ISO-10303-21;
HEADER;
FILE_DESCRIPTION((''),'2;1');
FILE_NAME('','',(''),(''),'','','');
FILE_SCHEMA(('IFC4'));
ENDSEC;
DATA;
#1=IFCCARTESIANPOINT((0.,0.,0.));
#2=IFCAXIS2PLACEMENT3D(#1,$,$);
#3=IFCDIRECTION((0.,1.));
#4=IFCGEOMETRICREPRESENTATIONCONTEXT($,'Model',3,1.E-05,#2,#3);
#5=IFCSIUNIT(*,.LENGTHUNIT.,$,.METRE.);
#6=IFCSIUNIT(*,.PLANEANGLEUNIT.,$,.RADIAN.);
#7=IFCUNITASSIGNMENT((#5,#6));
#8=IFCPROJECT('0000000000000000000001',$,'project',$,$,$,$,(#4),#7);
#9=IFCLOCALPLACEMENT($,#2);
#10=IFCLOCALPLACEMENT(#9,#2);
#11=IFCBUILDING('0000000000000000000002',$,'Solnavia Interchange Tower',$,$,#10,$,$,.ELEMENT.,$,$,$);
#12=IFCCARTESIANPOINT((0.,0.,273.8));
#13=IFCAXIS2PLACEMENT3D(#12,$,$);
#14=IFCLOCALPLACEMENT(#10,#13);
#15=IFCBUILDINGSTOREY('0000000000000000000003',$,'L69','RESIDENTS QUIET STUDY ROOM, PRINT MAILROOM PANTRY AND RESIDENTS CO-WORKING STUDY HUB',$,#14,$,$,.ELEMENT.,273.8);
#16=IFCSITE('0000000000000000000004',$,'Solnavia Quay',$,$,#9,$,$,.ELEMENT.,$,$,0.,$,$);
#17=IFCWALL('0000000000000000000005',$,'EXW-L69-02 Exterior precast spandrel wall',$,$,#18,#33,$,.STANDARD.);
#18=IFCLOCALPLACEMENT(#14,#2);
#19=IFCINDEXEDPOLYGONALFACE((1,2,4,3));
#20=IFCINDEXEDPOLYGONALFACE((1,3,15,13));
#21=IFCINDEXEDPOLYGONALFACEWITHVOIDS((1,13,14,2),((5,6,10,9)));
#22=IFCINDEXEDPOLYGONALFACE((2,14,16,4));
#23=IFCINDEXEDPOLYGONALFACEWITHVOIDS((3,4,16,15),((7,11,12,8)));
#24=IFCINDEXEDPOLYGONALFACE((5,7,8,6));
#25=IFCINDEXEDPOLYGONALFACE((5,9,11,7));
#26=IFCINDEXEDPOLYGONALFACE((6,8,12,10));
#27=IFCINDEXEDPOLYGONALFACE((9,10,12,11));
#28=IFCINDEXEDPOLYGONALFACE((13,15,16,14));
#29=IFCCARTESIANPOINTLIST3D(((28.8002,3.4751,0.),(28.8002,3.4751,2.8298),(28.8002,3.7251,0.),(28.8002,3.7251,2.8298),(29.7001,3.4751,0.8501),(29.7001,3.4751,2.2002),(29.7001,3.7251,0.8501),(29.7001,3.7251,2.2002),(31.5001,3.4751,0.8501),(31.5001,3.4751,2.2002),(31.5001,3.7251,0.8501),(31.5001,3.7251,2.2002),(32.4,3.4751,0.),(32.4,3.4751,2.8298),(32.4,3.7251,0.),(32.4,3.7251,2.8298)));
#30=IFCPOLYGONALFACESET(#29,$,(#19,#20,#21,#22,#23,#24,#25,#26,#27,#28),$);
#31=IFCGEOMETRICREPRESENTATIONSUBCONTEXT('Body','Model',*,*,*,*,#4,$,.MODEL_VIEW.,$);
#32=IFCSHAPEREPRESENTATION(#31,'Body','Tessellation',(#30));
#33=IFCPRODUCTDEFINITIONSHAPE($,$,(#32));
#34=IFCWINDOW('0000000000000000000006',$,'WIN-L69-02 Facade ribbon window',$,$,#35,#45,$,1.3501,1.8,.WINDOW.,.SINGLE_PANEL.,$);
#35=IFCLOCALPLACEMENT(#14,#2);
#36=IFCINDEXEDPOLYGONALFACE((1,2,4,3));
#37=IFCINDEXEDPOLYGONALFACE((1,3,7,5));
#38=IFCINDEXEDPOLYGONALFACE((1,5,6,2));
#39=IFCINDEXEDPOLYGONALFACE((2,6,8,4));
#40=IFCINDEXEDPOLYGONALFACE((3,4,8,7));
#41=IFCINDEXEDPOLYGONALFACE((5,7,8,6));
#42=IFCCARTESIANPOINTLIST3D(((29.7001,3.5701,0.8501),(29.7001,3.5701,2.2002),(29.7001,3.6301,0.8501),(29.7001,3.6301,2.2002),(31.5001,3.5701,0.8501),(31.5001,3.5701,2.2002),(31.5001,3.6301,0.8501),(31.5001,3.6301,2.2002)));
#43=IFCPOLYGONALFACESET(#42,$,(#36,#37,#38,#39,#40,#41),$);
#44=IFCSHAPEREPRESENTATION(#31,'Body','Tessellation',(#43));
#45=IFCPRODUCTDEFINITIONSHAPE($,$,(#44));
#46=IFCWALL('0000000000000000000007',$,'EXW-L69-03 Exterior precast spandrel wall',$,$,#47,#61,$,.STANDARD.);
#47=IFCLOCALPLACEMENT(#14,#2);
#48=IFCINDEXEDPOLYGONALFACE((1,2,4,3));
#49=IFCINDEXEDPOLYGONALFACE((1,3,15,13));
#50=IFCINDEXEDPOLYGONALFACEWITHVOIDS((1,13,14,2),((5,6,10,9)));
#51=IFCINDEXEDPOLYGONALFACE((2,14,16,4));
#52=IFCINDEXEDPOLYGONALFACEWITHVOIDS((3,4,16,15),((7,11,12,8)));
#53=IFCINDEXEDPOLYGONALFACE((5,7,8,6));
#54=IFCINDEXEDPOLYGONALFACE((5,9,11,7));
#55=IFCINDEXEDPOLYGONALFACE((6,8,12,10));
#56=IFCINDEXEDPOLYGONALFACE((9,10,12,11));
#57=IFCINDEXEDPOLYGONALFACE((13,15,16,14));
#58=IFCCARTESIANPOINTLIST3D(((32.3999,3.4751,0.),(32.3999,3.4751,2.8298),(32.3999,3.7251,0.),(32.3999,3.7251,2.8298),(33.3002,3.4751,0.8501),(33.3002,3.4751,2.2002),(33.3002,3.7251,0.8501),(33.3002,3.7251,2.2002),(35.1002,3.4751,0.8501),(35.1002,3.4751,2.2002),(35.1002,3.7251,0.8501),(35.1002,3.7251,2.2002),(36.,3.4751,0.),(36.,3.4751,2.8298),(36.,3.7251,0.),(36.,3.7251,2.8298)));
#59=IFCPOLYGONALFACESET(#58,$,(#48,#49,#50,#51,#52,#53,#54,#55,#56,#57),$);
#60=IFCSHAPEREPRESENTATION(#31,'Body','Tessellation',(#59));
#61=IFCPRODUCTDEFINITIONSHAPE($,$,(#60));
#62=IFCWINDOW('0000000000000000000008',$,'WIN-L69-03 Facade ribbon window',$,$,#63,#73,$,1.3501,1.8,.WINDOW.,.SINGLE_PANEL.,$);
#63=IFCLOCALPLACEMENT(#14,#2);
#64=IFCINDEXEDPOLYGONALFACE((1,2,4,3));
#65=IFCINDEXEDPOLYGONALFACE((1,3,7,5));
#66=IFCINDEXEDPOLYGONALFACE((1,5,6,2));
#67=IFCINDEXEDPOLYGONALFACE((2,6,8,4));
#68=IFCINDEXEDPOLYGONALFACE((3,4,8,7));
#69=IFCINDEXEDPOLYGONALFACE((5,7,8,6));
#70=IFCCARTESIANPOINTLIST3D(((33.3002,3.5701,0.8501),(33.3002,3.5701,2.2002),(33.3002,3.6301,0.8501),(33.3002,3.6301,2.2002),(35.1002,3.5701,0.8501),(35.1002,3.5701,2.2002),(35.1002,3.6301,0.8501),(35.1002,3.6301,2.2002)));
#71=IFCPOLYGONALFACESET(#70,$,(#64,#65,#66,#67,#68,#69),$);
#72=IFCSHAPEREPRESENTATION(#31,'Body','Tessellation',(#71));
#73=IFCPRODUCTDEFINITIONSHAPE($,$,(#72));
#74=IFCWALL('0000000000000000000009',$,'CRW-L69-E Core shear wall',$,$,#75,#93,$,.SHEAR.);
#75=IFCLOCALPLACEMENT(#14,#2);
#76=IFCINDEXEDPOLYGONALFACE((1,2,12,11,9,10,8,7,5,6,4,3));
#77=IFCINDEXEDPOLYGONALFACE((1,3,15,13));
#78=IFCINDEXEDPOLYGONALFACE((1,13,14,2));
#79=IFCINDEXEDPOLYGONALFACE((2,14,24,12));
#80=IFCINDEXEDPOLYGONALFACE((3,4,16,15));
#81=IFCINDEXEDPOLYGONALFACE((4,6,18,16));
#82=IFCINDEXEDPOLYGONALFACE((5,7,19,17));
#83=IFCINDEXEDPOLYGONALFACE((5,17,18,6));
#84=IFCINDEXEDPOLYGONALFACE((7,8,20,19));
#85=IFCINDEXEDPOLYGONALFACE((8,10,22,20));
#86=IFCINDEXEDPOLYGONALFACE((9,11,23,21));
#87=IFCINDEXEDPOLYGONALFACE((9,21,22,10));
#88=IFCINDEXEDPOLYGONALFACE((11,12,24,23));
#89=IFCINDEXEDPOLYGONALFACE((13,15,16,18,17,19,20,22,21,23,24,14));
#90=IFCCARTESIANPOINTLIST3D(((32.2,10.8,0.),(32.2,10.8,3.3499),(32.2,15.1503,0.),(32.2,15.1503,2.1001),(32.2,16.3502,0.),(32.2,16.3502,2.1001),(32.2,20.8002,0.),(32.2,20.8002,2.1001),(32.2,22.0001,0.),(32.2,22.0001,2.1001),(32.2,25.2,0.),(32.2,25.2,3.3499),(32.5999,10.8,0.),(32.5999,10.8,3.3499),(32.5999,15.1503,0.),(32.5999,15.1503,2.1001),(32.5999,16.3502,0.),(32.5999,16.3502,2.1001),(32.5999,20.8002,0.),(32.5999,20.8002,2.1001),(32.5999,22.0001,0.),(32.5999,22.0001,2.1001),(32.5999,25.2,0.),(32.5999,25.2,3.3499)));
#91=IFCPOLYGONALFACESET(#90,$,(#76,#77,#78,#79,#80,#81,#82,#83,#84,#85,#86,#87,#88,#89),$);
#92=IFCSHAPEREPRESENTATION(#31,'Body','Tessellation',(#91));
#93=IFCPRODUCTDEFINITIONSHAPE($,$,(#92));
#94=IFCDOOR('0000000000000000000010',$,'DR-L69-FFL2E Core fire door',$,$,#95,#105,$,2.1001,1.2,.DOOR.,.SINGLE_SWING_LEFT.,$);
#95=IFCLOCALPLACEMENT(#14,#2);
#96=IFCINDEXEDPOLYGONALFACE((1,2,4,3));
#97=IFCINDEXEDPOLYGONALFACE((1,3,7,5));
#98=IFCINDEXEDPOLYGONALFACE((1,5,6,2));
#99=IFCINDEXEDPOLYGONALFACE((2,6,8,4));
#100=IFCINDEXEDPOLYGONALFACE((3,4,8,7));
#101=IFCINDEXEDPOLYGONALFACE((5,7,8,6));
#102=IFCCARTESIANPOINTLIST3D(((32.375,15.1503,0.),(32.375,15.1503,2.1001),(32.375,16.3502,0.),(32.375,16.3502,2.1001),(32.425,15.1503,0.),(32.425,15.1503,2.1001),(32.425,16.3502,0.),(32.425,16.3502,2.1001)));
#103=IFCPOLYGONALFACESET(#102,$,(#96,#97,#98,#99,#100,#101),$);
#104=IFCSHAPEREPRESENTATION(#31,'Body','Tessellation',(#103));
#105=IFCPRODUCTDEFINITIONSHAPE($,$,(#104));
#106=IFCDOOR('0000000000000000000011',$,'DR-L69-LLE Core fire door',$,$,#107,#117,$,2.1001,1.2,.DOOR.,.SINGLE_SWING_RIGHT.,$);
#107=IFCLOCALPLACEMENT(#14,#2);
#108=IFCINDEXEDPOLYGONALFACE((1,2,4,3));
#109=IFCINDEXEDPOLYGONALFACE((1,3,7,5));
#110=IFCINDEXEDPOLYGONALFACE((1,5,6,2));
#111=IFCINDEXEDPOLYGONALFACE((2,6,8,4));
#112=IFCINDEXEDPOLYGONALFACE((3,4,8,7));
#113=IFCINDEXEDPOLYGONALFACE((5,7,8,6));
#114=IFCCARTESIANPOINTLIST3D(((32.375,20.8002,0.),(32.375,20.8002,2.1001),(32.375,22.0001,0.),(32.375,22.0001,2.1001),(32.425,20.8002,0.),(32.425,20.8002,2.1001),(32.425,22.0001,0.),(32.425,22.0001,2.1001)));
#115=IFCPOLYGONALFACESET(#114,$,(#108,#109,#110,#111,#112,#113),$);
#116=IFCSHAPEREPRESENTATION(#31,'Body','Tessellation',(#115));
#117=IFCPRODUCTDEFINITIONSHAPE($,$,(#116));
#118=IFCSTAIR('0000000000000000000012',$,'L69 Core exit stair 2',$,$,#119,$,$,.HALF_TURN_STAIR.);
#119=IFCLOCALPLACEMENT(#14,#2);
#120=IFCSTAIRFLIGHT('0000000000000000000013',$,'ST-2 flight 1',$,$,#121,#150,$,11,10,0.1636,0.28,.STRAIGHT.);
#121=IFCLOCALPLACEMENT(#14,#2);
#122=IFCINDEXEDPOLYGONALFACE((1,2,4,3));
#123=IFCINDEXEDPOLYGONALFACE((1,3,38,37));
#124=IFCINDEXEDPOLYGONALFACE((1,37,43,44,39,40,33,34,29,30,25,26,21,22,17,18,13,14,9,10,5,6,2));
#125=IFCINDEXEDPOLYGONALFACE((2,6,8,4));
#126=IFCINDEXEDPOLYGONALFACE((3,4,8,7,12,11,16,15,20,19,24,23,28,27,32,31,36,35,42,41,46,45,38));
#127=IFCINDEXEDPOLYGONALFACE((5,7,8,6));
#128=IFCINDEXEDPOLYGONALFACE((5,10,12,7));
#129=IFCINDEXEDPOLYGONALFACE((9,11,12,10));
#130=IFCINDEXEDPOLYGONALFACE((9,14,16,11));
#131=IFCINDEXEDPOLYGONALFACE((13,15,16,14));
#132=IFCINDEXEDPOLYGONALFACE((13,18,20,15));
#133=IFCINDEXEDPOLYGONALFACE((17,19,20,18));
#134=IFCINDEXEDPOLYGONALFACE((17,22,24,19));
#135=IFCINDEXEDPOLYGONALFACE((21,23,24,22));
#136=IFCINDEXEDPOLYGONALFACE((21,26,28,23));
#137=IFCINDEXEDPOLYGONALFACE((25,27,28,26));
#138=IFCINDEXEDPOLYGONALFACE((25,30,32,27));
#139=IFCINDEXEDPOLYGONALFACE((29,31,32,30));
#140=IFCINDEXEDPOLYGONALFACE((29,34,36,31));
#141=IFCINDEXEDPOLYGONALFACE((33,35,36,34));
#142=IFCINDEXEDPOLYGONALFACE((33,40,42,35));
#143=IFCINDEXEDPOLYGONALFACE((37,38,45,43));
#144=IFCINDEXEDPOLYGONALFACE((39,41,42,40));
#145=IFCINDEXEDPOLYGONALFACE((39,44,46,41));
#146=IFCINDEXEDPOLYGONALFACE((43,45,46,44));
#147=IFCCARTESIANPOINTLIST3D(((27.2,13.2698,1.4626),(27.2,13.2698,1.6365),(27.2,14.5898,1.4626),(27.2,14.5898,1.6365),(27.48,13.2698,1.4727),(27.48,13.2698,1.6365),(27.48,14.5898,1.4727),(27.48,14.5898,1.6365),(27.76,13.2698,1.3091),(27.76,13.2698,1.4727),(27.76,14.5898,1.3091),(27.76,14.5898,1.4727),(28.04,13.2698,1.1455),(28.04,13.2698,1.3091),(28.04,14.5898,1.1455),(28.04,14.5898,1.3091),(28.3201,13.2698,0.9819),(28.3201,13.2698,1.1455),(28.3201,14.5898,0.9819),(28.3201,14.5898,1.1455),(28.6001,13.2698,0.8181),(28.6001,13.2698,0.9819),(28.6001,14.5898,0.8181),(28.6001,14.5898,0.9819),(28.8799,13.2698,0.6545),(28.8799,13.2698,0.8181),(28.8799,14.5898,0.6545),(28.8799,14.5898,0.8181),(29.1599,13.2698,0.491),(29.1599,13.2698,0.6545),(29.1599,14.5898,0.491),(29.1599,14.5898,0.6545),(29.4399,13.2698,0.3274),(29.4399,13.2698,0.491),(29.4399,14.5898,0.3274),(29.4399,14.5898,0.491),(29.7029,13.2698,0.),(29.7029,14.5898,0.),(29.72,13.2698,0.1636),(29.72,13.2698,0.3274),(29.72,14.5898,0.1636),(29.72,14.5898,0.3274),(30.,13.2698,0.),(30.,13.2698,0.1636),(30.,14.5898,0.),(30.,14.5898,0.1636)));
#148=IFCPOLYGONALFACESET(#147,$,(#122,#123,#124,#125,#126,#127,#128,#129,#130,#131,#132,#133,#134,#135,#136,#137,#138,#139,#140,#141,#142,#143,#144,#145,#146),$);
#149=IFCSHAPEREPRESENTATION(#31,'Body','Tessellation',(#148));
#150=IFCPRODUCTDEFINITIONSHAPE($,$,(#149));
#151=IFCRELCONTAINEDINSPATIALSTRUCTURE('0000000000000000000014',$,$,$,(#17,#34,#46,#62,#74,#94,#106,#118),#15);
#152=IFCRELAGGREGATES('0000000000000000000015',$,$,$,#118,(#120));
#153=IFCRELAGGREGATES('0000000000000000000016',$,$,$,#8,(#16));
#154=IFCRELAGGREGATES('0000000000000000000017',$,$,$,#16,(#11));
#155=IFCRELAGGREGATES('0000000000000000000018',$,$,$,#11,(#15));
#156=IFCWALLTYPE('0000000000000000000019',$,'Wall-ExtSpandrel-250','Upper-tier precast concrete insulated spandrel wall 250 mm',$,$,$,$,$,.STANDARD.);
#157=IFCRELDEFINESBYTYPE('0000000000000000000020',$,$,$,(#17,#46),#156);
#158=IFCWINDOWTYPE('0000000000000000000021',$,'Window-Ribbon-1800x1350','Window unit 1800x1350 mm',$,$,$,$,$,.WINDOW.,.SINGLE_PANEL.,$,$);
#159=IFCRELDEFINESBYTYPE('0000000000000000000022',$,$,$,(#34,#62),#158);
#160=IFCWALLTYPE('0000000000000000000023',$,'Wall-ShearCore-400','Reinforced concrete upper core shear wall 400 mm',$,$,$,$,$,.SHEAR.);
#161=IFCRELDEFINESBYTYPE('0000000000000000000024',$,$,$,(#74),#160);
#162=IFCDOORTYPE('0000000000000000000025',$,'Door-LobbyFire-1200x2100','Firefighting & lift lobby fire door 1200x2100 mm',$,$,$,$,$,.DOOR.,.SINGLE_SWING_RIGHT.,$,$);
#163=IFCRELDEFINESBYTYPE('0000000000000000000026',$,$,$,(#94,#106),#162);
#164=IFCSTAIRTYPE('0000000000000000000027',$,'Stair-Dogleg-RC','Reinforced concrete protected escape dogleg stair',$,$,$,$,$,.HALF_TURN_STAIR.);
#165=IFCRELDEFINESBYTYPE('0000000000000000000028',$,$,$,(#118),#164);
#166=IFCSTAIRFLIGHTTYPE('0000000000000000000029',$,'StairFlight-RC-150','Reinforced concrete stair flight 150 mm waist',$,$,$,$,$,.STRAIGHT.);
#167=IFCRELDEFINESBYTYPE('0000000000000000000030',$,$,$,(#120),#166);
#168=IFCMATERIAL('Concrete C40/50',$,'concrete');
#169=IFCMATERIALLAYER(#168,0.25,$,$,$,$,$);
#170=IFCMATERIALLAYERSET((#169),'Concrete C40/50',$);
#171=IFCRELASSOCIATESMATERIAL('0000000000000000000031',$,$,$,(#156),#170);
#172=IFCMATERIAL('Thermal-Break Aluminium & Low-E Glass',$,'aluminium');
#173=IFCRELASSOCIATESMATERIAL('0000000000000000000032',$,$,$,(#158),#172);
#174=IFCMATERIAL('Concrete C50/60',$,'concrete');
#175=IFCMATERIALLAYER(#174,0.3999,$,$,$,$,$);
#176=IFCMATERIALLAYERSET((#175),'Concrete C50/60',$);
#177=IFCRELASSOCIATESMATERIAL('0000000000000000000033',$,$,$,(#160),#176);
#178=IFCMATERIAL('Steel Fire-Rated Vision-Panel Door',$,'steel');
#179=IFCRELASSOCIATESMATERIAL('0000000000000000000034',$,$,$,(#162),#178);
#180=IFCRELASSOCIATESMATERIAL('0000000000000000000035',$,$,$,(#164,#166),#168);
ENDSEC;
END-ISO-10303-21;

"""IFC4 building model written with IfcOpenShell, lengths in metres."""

from ifc_helpers import new_model, si_unit, direction, frame, frame_2d, origin, place, context, subcontext, project, spatial, polyline, rectangle, outline, extrude, material, layer, layer_set, type_object, element, fill, aggregate, save


model = new_model("IFC4")

# Units and contexts
model_context = context("Model", 3, precision=1e-05, world=origin(), true_north=direction((0.0, 1.0)))
body_context = subcontext(model_context, "Body", "Model", "MODEL_VIEW")
ifc_project = project(units=[si_unit("LENGTHUNIT", "METRE"), si_unit("PLANEANGLEUNIT", "RADIAN")], contexts=[model_context])

# Site, building, storey
site_placement = place(None, origin())
site = spatial("IfcSite", under=ifc_project, at=site_placement, Name="Solnavia Quay", CompositionType="ELEMENT", RefElevation=0.0)
building_placement = place(site_placement, origin())
building = spatial("IfcBuilding", under=site, at=building_placement, Name="Solnavia Interchange Tower", CompositionType="ELEMENT")
storey_placement = place(building_placement, frame((0.0, 0.0, 273.8)))
storey = spatial("IfcBuildingStorey", under=building, at=storey_placement, Name="L69", Description="RESIDENTS QUIET STUDY ROOM, PRINT MAILROOM PANTRY AND RESIDENTS CO-WORKING STUDY HUB", CompositionType="ELEMENT", Elevation=273.8)

# Shared definitions
ifc_material_1 = material(Name="Concrete C50/60", Category="concrete")

# Walls, openings, windows
ifc_material_2 = material(Name="Concrete C40/50", Category="concrete")
ifc_layer_1 = layer(ifc_material_2, 0.25)
ifc_layer_set_1 = layer_set([ifc_layer_1], Name="Concrete C40/50")
wall_type_1 = type_object("IfcWallType", Name="Wall-ExtSpandrel-250", Description="Upper-tier precast concrete insulated spandrel wall 250 mm", PredefinedType="STANDARD", material=ifc_layer_set_1)
wall_1_placement = place(storey_placement, frame((32.3999, 3.6001, 0.0), z_axis=(0.0, 0.0, 1.0), x_axis=(-1.0, 0.0, 0.0)))
wall_1 = element("IfcWall", 1, at=wall_1_placement, inside=storey, type_object=wall_type_1, Name="EXW-L69-02 Exterior precast spandrel wall", PredefinedType="STANDARD", context=body_context, shape_type="SweptSolid", body=[
    extrude(rectangle(XDim=3.5999, YDim=0.25, at=frame_2d((1.7998, 0.0))), origin(), (0.0, 0.0, 1.0), 2.8298),
])
opening_1_placement = place(wall_1_placement, frame((0.8999, 0.0, 0.8501)))
opening_1 = element("IfcOpeningElement", 2, at=opening_1_placement, cuts=wall_1, PredefinedType="OPENING", context=body_context, shape_type="SweptSolid", body=[
    extrude(rectangle(XDim=1.8, YDim=1.3501, at=frame_2d((0.8999, 0.675))), frame((0.0, 0.135, 0.0), z_axis=(0.0, -1.0, 0.0), x_axis=(1.0, 0.0, 0.0)), (0.0, 0.0, 1.0), 0.27),
])
ifc_material_3 = material(Name="Thermal-Break Aluminium & Low-E Glass", Category="aluminium")
window_type = type_object("IfcWindowType", Name="Window-Ribbon-1800x1350", Description="Window unit 1800x1350 mm", PartitioningType="SINGLE_PANEL", PredefinedType="WINDOW", material=ifc_material_3)
window_1_placement = place(opening_1_placement, origin())
window_1 = element("IfcWindow", 3, at=window_1_placement, inside=storey, type_object=window_type, Name="WIN-L69-02 Facade ribbon window", OverallHeight=1.3501, OverallWidth=1.8, PartitioningType="SINGLE_PANEL", PredefinedType="WINDOW", context=body_context, shape_type="SweptSolid", body=[
    extrude(rectangle(XDim=1.8, YDim=1.3501, at=frame_2d((0.8999, 0.675))), frame((0.0, 0.03, 0.0), z_axis=(0.0, -1.0, 0.0), x_axis=(1.0, 0.0, 0.0)), (0.0, 0.0, 1.0), 0.0601),
])
fill(opening_1, window_1)
wall_2_placement = place(storey_placement, frame((36.0, 3.6001, 0.0), z_axis=(0.0, 0.0, 1.0), x_axis=(-1.0, 0.0, 0.0)))
wall_2 = element("IfcWall", 4, at=wall_2_placement, inside=storey, type_object=wall_type_1, Name="EXW-L69-03 Exterior precast spandrel wall", PredefinedType="STANDARD", context=body_context, shape_type="SweptSolid", body=[
    extrude(rectangle(XDim=3.6001, YDim=0.25, at=frame_2d((1.8, 0.0))), origin(), (0.0, 0.0, 1.0), 2.8298),
])
opening_2_placement = place(wall_2_placement, frame((0.8999, 0.0, 0.8501)))
opening_2 = element("IfcOpeningElement", 5, at=opening_2_placement, cuts=wall_2, PredefinedType="OPENING", context=body_context, shape_type="SweptSolid", body=[
    extrude(rectangle(XDim=1.8, YDim=1.3501, at=frame_2d((0.8999, 0.675))), frame((0.0, 0.135, 0.0), z_axis=(0.0, -1.0, 0.0), x_axis=(1.0, 0.0, 0.0)), (0.0, 0.0, 1.0), 0.27),
])
window_2_placement = place(opening_2_placement, origin())
window_2 = element("IfcWindow", 6, at=window_2_placement, inside=storey, type_object=window_type, Name="WIN-L69-03 Facade ribbon window", OverallHeight=1.3501, OverallWidth=1.8, PartitioningType="SINGLE_PANEL", PredefinedType="WINDOW", context=body_context, shape_type="SweptSolid", body=[
    extrude(rectangle(XDim=1.8, YDim=1.3501, at=frame_2d((0.8999, 0.675))), frame((0.0, 0.03, 0.0), z_axis=(0.0, -1.0, 0.0), x_axis=(1.0, 0.0, 0.0)), (0.0, 0.0, 1.0), 0.0601),
])
fill(opening_2, window_2)

# Wall, openings, doors
ifc_layer_2 = layer(ifc_material_1, 0.3999)
ifc_layer_set_2 = layer_set([ifc_layer_2], Name="Concrete C50/60")
wall_type_2 = type_object("IfcWallType", Name="Wall-ShearCore-400", Description="Reinforced concrete upper core shear wall 400 mm", PredefinedType="SHEAR", material=ifc_layer_set_2)
wall_3_placement = place(storey_placement, frame((32.3999, 10.8, 0.0), z_axis=(0.0, 0.0, 1.0), x_axis=(0.0, 1.0, 0.0)))
wall_3 = element("IfcWall", 7, at=wall_3_placement, inside=storey, type_object=wall_type_2, Name="CRW-L69-E Core shear wall", PredefinedType="SHEAR", context=body_context, shape_type="SweptSolid", body=[
    extrude(rectangle(XDim=14.3999, YDim=0.3999, at=frame_2d((7.2, 0.0))), origin(), (0.0, 0.0, 1.0), 3.3499),
])
opening_3_placement = place(wall_3_placement, frame((4.3501, 0.0, 0.0)))
opening_3 = element("IfcOpeningElement", 8, at=opening_3_placement, cuts=wall_3, PredefinedType="OPENING", context=body_context, shape_type="SweptSolid", body=[
    extrude(rectangle(XDim=1.2, YDim=2.1001, at=frame_2d((0.6001, 1.05))), frame((0.0, 0.21, 0.0), z_axis=(0.0, -1.0, 0.0), x_axis=(1.0, 0.0, 0.0)), (0.0, 0.0, 1.0), 0.4199),
])
opening_4_placement = place(wall_3_placement, frame((10.0, 0.0, 0.0)))
opening_4 = element("IfcOpeningElement", 9, at=opening_4_placement, cuts=wall_3, PredefinedType="OPENING", context=body_context, shape_type="SweptSolid", body=[
    extrude(rectangle(XDim=1.2, YDim=2.1001, at=frame_2d((0.6001, 1.05))), frame((0.0, 0.21, 0.0), z_axis=(0.0, -1.0, 0.0), x_axis=(1.0, 0.0, 0.0)), (0.0, 0.0, 1.0), 0.4199),
])
ifc_material_4 = material(Name="Steel Fire-Rated Vision-Panel Door", Category="steel")
door_type = type_object("IfcDoorType", Name="Door-LobbyFire-1200x2100", Description="Firefighting & lift lobby fire door 1200x2100 mm", OperationType="SINGLE_SWING_RIGHT", PredefinedType="DOOR", material=ifc_material_4)
door_1_placement = place(opening_3_placement, origin())
door_1 = element("IfcDoor", 10, at=door_1_placement, inside=storey, type_object=door_type, Name="DR-L69-FFL2E Core fire door", OperationType="SINGLE_SWING_LEFT", OverallHeight=2.1001, OverallWidth=1.2, PredefinedType="DOOR", context=body_context, shape_type="SweptSolid", body=[
    extrude(rectangle(XDim=1.2, YDim=2.1001, at=frame_2d((0.6001, 1.05))), frame((0.0, 0.0249, 0.0), z_axis=(0.0, -1.0, 0.0), x_axis=(1.0, 0.0, 0.0)), (0.0, 0.0, 1.0), 0.05),
])
fill(opening_3, door_1)
door_2_placement = place(opening_4_placement, origin())
door_2 = element("IfcDoor", 11, at=door_2_placement, inside=storey, type_object=door_type, Name="DR-L69-LLE Core fire door", OperationType="SINGLE_SWING_RIGHT", OverallHeight=2.1001, OverallWidth=1.2, PredefinedType="DOOR", context=body_context, shape_type="SweptSolid", body=[
    extrude(rectangle(XDim=1.2, YDim=2.1001, at=frame_2d((0.6001, 1.05))), frame((0.0, 0.0249, 0.0), z_axis=(0.0, -1.0, 0.0), x_axis=(1.0, 0.0, 0.0)), (0.0, 0.0, 1.0), 0.05),
])
fill(opening_4, door_2)

# Stair, stair flight
stair_type = type_object("IfcStairType", Name="Stair-Dogleg-RC", Description="Reinforced concrete protected escape dogleg stair", PredefinedType="HALF_TURN_STAIR", material=ifc_material_2)
stair_placement = place(storey_placement, origin())
stair = element("IfcStair", 12, at=stair_placement, inside=storey, type_object=stair_type, Name="L69 Core exit stair 2", PredefinedType="HALF_TURN_STAIR")
stair_flight_type = type_object("IfcStairFlightType", Name="StairFlight-RC-150", Description="Reinforced concrete stair flight 150 mm waist", PredefinedType="STRAIGHT", material=ifc_material_2)
stair_flight_placement = place(storey_placement, frame((30.0, 13.9299, 0.0), z_axis=(0.0, 0.0, 1.0), x_axis=(-1.0, 0.0, 0.0)))
stair_flight = element("IfcStairFlight", 13, at=stair_flight_placement, type_object=stair_flight_type, Name="ST-2 flight 1", NumberOfRisers=11, NumberOfTreads=10, PredefinedType="STRAIGHT", RiserHeight=0.1636, TreadLength=0.28, context=body_context, shape_type="SweptSolid", body=[
    extrude(outline(polyline([(0.0, 0.0), (0.0, 0.1636), (0.28, 0.1636), (0.28, 0.3274), (0.5601, 0.3274), (0.5601, 0.491), (0.8401, 0.491), (0.8401, 0.6545), (1.1201, 0.6545), (1.1201, 0.8181), (1.3999, 0.8181), (1.3999, 0.9819), (1.6799, 0.9819), (1.6799, 1.1455), (1.96, 1.1455), (1.96, 1.3091), (2.24, 1.3091), (2.24, 1.4727), (2.52, 1.4727), (2.52, 1.6365), (2.8, 1.6365), (2.8, 1.8), (2.8, 1.4626), (0.2971, 0.0), (0.0, 0.0)])), frame((0.0, 0.6602, 0.0), z_axis=(0.0, -1.0, 0.0), x_axis=(1.0, 0.0, 0.0)), (0.0, 0.0, 1.0), 1.3201),
])
aggregate(stair, [stair_flight])

save(model, "model.ifc")
